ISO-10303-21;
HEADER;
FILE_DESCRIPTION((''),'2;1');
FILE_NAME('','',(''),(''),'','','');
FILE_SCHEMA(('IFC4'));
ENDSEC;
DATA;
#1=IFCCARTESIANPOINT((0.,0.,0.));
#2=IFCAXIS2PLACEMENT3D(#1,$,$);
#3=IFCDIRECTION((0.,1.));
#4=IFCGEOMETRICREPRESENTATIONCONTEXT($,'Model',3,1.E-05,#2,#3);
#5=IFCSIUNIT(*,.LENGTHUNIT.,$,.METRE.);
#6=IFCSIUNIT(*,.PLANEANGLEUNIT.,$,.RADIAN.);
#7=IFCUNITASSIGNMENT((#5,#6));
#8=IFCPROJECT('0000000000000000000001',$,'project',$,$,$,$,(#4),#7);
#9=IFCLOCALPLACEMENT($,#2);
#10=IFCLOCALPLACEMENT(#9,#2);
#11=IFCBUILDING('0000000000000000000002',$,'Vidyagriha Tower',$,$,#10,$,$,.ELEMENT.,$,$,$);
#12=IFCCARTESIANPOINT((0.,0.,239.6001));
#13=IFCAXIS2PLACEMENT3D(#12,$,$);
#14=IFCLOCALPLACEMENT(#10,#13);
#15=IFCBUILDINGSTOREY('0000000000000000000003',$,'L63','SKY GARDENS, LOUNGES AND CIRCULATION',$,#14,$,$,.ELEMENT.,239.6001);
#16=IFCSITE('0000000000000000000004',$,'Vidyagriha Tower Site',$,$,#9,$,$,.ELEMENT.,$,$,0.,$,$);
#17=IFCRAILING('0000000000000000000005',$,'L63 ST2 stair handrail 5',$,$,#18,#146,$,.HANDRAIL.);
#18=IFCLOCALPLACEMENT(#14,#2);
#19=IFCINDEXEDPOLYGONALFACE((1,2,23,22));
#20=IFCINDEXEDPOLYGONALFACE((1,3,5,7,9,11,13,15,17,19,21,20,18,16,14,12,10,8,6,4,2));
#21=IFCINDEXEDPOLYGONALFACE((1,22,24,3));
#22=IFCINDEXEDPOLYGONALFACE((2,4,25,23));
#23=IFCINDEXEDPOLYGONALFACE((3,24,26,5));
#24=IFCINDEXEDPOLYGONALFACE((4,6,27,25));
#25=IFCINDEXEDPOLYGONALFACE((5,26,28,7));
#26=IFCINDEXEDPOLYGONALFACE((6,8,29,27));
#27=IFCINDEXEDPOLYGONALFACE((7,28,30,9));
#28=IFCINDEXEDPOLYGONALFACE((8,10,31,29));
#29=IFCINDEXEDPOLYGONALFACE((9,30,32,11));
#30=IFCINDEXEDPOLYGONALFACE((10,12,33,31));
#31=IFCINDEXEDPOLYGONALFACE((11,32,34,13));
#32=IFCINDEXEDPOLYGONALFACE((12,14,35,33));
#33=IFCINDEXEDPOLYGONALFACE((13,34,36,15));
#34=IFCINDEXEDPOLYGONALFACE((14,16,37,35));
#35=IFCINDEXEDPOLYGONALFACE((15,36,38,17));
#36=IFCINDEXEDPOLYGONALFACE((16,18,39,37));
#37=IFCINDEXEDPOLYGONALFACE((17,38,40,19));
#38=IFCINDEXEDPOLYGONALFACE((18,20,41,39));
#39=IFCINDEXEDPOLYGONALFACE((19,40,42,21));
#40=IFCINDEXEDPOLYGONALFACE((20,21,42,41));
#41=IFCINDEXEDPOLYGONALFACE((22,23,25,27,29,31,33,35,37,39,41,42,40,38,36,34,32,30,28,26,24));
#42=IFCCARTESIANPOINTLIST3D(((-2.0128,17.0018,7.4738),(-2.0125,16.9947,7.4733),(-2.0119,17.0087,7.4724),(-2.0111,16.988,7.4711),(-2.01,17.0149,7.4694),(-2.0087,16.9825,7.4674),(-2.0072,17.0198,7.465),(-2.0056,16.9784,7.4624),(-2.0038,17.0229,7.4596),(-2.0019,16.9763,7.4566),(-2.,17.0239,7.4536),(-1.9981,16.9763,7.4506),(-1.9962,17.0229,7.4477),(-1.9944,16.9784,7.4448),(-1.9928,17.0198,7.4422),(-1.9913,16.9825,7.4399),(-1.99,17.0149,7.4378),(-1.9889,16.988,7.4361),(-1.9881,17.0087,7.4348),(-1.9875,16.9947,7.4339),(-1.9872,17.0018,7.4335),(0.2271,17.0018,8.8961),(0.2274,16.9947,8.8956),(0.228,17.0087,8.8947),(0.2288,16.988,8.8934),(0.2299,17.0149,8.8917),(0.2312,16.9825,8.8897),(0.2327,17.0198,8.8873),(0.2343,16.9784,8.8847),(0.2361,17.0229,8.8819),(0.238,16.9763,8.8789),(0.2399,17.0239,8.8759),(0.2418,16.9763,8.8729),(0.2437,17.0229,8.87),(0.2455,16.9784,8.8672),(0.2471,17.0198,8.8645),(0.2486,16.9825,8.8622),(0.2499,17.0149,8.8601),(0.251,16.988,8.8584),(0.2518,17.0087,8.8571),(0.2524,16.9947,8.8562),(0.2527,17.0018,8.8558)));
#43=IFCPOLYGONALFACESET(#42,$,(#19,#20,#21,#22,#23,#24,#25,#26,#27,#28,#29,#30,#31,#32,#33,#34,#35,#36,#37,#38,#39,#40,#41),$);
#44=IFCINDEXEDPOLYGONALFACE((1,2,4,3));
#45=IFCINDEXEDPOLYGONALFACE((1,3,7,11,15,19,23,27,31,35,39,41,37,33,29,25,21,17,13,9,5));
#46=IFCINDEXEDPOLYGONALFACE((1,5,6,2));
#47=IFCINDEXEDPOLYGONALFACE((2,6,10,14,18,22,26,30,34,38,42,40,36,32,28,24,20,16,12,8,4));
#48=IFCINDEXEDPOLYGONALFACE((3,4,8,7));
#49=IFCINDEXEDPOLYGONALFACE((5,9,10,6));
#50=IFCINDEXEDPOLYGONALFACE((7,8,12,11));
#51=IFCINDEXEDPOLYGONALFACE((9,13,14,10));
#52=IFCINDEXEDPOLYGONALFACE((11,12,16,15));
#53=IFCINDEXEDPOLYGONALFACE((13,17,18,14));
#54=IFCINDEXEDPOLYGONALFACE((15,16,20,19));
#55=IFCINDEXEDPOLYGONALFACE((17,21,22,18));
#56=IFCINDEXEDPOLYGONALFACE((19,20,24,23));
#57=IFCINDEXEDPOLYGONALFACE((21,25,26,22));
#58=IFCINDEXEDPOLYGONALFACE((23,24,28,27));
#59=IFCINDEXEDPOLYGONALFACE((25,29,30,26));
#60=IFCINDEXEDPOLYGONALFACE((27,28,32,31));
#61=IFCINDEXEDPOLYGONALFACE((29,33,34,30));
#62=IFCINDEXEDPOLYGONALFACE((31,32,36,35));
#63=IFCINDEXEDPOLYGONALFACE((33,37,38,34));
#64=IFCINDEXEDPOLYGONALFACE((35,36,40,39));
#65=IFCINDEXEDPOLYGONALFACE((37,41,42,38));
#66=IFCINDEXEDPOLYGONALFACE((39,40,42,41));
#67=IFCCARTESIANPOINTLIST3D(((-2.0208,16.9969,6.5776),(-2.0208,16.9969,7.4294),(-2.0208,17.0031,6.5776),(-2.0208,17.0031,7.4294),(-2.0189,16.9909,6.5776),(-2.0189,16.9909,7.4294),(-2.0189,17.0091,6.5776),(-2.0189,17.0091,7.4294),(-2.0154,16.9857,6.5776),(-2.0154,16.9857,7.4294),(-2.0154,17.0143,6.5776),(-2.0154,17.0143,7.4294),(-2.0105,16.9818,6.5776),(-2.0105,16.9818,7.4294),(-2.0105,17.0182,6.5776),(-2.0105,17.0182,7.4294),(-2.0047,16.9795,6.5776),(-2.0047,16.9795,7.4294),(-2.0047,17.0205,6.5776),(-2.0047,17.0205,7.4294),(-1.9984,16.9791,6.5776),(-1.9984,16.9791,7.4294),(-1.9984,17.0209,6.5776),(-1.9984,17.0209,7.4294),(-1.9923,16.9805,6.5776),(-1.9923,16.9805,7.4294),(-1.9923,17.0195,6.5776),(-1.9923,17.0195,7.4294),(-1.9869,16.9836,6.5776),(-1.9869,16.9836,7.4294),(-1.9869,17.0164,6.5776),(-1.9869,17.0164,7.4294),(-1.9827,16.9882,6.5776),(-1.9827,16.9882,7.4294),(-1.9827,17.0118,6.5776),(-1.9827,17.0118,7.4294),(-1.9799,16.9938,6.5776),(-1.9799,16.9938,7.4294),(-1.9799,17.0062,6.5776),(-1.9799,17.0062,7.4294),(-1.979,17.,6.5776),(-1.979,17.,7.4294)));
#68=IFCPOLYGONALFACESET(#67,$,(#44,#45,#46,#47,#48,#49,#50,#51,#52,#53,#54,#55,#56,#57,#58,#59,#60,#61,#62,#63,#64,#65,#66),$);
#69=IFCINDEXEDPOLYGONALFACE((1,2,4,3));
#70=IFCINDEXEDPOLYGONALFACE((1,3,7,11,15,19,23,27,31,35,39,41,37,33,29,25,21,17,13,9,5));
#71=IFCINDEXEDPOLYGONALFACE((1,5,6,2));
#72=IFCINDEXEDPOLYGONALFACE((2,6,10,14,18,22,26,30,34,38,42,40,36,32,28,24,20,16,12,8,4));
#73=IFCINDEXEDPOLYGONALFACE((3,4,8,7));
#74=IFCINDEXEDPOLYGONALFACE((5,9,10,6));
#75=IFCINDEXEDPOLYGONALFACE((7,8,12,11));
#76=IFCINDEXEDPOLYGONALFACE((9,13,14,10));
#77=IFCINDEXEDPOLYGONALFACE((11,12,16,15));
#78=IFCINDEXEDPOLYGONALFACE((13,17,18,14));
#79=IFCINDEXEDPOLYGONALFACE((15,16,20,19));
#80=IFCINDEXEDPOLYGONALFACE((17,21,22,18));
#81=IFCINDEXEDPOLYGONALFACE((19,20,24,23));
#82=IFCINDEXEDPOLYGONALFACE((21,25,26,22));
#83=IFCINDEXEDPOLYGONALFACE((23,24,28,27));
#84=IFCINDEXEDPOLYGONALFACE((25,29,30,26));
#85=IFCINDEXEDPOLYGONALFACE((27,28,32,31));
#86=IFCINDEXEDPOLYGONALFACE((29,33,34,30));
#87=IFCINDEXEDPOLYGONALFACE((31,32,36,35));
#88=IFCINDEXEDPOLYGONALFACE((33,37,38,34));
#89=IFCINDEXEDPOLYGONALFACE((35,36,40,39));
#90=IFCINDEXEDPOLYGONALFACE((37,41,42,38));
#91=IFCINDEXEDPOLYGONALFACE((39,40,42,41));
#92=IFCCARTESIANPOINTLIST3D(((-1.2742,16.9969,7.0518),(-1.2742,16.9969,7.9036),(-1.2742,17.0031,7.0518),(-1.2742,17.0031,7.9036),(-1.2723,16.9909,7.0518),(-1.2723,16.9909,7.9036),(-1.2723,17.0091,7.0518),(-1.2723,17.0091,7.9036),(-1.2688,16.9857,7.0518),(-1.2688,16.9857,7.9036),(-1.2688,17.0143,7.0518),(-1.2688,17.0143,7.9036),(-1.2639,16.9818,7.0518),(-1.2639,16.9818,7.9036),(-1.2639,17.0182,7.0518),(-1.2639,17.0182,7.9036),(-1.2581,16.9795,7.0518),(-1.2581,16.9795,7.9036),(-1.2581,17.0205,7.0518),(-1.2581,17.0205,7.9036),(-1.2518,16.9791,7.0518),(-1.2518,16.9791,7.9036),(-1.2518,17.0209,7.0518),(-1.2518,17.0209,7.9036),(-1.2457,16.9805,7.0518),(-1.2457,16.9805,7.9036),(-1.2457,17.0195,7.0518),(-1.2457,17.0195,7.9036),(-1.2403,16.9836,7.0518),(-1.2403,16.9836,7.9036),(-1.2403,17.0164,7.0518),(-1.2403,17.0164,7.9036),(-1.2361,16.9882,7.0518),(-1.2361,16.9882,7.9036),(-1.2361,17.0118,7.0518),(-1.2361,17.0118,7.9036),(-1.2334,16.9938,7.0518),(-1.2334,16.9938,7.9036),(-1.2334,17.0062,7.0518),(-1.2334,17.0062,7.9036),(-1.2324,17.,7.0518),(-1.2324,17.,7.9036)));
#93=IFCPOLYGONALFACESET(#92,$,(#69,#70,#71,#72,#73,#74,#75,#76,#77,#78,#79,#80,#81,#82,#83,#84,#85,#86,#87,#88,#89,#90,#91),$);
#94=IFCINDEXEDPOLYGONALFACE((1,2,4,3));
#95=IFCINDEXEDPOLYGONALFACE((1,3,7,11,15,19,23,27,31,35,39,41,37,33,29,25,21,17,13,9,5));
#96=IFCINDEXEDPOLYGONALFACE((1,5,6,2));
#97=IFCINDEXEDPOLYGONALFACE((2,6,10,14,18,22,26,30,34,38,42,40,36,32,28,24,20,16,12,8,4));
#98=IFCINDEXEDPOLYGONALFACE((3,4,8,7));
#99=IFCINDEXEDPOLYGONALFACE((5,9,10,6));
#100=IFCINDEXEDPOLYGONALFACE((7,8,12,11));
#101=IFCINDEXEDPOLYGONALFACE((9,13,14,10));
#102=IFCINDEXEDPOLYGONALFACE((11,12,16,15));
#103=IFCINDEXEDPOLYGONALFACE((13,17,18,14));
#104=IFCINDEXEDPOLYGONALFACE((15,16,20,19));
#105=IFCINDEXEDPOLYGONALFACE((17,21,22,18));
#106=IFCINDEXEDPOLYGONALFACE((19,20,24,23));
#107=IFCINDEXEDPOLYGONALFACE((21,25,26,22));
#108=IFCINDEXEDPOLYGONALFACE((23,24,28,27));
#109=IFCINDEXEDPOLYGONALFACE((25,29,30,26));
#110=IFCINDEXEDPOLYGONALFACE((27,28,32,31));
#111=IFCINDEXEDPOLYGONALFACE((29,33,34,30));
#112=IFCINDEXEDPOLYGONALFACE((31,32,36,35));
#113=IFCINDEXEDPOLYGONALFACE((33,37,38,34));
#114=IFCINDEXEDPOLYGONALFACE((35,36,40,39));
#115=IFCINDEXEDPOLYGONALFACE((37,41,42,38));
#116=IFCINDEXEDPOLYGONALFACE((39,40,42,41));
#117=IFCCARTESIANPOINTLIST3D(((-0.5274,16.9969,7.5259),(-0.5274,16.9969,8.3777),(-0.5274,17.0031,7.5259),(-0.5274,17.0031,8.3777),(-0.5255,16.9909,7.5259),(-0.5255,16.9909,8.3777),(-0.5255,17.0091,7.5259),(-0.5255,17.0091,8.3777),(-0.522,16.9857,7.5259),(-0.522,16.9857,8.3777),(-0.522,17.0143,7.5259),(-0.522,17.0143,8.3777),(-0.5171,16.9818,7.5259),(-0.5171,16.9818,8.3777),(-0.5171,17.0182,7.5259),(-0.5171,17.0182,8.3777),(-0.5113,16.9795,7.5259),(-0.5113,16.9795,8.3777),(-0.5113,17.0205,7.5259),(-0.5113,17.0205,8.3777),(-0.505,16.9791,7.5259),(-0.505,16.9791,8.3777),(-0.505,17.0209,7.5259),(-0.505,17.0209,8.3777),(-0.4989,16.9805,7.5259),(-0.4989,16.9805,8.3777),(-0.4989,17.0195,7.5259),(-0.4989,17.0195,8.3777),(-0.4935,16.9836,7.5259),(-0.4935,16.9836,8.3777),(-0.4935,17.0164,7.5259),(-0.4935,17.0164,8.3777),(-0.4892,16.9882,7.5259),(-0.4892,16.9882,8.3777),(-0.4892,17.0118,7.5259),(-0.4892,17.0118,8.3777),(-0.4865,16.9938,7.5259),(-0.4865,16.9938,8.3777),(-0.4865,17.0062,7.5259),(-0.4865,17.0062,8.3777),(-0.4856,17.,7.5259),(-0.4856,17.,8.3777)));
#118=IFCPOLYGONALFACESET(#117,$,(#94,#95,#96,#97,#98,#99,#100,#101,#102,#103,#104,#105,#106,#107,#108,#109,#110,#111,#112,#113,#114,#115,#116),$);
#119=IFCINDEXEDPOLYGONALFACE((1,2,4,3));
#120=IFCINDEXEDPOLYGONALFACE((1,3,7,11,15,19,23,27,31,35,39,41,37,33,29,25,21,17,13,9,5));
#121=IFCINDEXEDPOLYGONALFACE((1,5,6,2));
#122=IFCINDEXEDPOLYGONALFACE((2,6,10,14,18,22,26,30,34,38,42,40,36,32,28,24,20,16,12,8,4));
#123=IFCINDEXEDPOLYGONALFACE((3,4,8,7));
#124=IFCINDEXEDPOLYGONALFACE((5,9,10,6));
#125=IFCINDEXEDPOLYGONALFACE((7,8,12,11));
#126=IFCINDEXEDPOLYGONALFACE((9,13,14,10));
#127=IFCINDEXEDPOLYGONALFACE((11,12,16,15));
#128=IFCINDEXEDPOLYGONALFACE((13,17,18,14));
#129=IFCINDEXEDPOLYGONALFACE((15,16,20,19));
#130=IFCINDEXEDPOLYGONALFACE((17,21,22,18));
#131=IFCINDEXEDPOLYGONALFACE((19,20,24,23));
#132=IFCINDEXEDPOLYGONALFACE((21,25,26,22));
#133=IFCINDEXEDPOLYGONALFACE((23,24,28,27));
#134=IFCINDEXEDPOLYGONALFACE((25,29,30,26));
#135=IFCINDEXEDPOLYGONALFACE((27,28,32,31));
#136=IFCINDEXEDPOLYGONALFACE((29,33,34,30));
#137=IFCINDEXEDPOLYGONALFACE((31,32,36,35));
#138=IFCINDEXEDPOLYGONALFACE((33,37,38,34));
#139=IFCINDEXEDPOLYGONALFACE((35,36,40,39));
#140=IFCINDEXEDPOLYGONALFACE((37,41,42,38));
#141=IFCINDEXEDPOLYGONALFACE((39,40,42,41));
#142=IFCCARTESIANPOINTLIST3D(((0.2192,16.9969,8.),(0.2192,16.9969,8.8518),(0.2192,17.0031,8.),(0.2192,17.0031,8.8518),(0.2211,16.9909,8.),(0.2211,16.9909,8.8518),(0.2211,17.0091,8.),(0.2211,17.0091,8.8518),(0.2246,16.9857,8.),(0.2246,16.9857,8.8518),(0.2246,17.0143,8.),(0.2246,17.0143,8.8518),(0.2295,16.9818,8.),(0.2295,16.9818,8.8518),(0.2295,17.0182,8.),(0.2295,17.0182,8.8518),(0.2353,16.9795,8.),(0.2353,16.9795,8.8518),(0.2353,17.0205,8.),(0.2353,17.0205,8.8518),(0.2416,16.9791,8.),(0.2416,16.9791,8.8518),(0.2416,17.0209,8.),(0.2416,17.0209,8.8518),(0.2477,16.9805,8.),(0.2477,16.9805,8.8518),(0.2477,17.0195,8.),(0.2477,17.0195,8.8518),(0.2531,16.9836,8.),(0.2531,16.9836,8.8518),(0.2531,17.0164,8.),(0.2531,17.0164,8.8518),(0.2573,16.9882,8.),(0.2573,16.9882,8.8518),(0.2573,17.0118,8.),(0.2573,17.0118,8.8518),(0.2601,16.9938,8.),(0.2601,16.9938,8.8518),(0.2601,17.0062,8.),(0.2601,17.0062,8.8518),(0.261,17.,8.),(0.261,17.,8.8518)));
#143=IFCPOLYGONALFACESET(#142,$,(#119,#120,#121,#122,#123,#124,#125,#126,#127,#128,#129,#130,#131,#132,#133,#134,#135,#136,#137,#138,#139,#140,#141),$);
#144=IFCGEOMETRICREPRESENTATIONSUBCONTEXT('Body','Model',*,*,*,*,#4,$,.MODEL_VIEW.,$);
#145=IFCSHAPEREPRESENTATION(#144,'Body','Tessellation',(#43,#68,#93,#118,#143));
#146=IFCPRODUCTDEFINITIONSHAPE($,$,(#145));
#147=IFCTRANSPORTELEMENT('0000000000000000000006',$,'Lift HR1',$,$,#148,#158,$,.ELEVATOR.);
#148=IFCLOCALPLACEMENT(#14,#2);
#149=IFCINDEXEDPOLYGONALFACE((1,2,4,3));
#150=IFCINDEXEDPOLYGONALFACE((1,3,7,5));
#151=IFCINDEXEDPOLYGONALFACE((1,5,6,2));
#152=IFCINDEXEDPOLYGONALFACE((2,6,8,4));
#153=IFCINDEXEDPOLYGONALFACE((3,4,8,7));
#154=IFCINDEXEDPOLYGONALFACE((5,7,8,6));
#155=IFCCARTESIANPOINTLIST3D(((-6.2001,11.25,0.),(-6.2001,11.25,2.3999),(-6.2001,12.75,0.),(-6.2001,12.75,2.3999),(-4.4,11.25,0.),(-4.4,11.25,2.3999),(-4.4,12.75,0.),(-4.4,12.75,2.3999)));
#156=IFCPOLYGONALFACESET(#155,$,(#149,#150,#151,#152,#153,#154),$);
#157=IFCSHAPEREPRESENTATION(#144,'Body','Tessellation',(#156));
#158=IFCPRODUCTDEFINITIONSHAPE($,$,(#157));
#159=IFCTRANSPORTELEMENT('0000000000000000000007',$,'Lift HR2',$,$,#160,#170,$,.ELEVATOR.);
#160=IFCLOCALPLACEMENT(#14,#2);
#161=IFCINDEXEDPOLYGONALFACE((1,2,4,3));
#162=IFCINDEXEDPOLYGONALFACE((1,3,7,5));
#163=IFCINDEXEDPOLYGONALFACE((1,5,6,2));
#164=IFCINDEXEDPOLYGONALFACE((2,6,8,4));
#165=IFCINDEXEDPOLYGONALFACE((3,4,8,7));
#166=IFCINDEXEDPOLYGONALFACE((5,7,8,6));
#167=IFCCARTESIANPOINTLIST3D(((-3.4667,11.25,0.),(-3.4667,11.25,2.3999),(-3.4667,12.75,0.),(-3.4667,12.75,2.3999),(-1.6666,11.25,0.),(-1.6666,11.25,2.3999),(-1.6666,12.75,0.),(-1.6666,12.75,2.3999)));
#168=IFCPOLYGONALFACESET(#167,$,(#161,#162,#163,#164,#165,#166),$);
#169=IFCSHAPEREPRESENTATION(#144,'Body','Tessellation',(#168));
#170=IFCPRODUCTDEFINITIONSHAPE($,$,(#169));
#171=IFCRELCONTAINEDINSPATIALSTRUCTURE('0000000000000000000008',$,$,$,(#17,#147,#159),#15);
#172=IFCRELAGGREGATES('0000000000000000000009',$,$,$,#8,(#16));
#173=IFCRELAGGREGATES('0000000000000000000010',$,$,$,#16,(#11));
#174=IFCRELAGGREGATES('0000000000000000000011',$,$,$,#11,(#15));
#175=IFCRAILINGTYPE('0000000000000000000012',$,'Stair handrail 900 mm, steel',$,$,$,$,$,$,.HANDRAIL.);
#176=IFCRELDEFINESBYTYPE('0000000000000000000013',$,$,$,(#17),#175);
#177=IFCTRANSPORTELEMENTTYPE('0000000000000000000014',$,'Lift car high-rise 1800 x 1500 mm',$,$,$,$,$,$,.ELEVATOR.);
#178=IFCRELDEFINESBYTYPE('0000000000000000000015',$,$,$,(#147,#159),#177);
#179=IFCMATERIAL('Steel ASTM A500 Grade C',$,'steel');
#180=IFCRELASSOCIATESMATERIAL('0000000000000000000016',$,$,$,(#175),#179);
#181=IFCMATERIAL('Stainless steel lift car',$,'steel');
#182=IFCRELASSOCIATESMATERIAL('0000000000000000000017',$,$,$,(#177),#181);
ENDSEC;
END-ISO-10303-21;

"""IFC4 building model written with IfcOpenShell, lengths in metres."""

from ifc_helpers import new_model, si_unit, direction, frame, origin, origin_2d, place, context, subcontext, project, spatial, rectangle, circle, extrude, material, type_object, element, save


model = new_model("IFC4")

# Units and contexts
model_context = context("Model", 3, precision=1e-05, world=origin(), true_north=direction((0.0, 1.0)))
body_context = subcontext(model_context, "Body", "Model", "MODEL_VIEW")
ifc_project = project(units=[si_unit("LENGTHUNIT", "METRE"), si_unit("PLANEANGLEUNIT", "RADIAN")], contexts=[model_context])

# Site, building, storey
site_placement = place(None, origin())
site = spatial("IfcSite", under=ifc_project, at=site_placement, Name="Vidyagriha Tower Site", CompositionType="ELEMENT", RefElevation=0.0)
building_placement = place(site_placement, origin())
building = spatial("IfcBuilding", under=site, at=building_placement, Name="Vidyagriha Tower", CompositionType="ELEMENT")
storey_placement = place(building_placement, frame((0.0, 0.0, 239.6001)))
storey = spatial("IfcBuildingStorey", under=building, at=storey_placement, Name="L63", Description="SKY GARDENS, LOUNGES AND CIRCULATION", CompositionType="ELEMENT", Elevation=239.6001)

# Railing
ifc_material_1 = material(Name="Steel ASTM A500 Grade C", Category="steel")
railing_type = type_object("IfcRailingType", Name="Stair handrail 900 mm, steel", PredefinedType="HANDRAIL", material=ifc_material_1)
railing_placement = place(storey_placement, frame((-2.0, 17.0, 6.5776)))
element("IfcRailing", 1, at=railing_placement, inside=storey, type_object=railing_type, Name="L63 ST2 stair handrail 5", PredefinedType="HANDRAIL", context=body_context, shape_type="SweptSolid", body=[
    extrude(circle(Radius=0.0239, at=origin_2d()), frame((0.0, 0.0, 0.876), z_axis=(0.844188, 0.0, 0.536048), x_axis=(0.0, 1.0, 0.0)), (0.0, 0.0, 1.0), 2.6533),
    extrude(circle(Radius=0.021, at=origin_2d()), origin(), (0.0, 0.0, 1.0), 0.8518),
    extrude(circle(Radius=0.021, at=origin_2d()), frame((0.7466, 0.0, 0.4741)), (0.0, 0.0, 1.0), 0.8518),
    extrude(circle(Radius=0.021, at=origin_2d()), frame((1.4934, 0.0, 0.9482)), (0.0, 0.0, 1.0), 0.8518),
    extrude(circle(Radius=0.021, at=origin_2d()), frame((2.24, 0.0, 1.4224)), (0.0, 0.0, 1.0), 0.8518),
])

# Transport elements
ifc_material_2 = material(Name="Stainless steel lift car", Category="steel")
transport_element_type = type_object("IfcTransportElementType", Name="Lift car high-rise 1800 x 1500 mm", PredefinedType="ELEVATOR", material=ifc_material_2)
for number, where, name in (
    (2, (-5.3, 12.0, 0.0), "Lift HR1"),
    (3, (-2.5667, 12.0, 0.0), "Lift HR2"),
):
    element("IfcTransportElement", number, at=place(storey_placement, frame(where)), inside=storey, type_object=transport_element_type, Name=name, PredefinedType="ELEVATOR", context=body_context, shape_type="SweptSolid", body=[
        extrude(rectangle(XDim=1.8, YDim=1.5, at=origin_2d()), origin(), (0.0, 0.0, 1.0), 2.3999),
    ])

save(model, "model.ifc")
